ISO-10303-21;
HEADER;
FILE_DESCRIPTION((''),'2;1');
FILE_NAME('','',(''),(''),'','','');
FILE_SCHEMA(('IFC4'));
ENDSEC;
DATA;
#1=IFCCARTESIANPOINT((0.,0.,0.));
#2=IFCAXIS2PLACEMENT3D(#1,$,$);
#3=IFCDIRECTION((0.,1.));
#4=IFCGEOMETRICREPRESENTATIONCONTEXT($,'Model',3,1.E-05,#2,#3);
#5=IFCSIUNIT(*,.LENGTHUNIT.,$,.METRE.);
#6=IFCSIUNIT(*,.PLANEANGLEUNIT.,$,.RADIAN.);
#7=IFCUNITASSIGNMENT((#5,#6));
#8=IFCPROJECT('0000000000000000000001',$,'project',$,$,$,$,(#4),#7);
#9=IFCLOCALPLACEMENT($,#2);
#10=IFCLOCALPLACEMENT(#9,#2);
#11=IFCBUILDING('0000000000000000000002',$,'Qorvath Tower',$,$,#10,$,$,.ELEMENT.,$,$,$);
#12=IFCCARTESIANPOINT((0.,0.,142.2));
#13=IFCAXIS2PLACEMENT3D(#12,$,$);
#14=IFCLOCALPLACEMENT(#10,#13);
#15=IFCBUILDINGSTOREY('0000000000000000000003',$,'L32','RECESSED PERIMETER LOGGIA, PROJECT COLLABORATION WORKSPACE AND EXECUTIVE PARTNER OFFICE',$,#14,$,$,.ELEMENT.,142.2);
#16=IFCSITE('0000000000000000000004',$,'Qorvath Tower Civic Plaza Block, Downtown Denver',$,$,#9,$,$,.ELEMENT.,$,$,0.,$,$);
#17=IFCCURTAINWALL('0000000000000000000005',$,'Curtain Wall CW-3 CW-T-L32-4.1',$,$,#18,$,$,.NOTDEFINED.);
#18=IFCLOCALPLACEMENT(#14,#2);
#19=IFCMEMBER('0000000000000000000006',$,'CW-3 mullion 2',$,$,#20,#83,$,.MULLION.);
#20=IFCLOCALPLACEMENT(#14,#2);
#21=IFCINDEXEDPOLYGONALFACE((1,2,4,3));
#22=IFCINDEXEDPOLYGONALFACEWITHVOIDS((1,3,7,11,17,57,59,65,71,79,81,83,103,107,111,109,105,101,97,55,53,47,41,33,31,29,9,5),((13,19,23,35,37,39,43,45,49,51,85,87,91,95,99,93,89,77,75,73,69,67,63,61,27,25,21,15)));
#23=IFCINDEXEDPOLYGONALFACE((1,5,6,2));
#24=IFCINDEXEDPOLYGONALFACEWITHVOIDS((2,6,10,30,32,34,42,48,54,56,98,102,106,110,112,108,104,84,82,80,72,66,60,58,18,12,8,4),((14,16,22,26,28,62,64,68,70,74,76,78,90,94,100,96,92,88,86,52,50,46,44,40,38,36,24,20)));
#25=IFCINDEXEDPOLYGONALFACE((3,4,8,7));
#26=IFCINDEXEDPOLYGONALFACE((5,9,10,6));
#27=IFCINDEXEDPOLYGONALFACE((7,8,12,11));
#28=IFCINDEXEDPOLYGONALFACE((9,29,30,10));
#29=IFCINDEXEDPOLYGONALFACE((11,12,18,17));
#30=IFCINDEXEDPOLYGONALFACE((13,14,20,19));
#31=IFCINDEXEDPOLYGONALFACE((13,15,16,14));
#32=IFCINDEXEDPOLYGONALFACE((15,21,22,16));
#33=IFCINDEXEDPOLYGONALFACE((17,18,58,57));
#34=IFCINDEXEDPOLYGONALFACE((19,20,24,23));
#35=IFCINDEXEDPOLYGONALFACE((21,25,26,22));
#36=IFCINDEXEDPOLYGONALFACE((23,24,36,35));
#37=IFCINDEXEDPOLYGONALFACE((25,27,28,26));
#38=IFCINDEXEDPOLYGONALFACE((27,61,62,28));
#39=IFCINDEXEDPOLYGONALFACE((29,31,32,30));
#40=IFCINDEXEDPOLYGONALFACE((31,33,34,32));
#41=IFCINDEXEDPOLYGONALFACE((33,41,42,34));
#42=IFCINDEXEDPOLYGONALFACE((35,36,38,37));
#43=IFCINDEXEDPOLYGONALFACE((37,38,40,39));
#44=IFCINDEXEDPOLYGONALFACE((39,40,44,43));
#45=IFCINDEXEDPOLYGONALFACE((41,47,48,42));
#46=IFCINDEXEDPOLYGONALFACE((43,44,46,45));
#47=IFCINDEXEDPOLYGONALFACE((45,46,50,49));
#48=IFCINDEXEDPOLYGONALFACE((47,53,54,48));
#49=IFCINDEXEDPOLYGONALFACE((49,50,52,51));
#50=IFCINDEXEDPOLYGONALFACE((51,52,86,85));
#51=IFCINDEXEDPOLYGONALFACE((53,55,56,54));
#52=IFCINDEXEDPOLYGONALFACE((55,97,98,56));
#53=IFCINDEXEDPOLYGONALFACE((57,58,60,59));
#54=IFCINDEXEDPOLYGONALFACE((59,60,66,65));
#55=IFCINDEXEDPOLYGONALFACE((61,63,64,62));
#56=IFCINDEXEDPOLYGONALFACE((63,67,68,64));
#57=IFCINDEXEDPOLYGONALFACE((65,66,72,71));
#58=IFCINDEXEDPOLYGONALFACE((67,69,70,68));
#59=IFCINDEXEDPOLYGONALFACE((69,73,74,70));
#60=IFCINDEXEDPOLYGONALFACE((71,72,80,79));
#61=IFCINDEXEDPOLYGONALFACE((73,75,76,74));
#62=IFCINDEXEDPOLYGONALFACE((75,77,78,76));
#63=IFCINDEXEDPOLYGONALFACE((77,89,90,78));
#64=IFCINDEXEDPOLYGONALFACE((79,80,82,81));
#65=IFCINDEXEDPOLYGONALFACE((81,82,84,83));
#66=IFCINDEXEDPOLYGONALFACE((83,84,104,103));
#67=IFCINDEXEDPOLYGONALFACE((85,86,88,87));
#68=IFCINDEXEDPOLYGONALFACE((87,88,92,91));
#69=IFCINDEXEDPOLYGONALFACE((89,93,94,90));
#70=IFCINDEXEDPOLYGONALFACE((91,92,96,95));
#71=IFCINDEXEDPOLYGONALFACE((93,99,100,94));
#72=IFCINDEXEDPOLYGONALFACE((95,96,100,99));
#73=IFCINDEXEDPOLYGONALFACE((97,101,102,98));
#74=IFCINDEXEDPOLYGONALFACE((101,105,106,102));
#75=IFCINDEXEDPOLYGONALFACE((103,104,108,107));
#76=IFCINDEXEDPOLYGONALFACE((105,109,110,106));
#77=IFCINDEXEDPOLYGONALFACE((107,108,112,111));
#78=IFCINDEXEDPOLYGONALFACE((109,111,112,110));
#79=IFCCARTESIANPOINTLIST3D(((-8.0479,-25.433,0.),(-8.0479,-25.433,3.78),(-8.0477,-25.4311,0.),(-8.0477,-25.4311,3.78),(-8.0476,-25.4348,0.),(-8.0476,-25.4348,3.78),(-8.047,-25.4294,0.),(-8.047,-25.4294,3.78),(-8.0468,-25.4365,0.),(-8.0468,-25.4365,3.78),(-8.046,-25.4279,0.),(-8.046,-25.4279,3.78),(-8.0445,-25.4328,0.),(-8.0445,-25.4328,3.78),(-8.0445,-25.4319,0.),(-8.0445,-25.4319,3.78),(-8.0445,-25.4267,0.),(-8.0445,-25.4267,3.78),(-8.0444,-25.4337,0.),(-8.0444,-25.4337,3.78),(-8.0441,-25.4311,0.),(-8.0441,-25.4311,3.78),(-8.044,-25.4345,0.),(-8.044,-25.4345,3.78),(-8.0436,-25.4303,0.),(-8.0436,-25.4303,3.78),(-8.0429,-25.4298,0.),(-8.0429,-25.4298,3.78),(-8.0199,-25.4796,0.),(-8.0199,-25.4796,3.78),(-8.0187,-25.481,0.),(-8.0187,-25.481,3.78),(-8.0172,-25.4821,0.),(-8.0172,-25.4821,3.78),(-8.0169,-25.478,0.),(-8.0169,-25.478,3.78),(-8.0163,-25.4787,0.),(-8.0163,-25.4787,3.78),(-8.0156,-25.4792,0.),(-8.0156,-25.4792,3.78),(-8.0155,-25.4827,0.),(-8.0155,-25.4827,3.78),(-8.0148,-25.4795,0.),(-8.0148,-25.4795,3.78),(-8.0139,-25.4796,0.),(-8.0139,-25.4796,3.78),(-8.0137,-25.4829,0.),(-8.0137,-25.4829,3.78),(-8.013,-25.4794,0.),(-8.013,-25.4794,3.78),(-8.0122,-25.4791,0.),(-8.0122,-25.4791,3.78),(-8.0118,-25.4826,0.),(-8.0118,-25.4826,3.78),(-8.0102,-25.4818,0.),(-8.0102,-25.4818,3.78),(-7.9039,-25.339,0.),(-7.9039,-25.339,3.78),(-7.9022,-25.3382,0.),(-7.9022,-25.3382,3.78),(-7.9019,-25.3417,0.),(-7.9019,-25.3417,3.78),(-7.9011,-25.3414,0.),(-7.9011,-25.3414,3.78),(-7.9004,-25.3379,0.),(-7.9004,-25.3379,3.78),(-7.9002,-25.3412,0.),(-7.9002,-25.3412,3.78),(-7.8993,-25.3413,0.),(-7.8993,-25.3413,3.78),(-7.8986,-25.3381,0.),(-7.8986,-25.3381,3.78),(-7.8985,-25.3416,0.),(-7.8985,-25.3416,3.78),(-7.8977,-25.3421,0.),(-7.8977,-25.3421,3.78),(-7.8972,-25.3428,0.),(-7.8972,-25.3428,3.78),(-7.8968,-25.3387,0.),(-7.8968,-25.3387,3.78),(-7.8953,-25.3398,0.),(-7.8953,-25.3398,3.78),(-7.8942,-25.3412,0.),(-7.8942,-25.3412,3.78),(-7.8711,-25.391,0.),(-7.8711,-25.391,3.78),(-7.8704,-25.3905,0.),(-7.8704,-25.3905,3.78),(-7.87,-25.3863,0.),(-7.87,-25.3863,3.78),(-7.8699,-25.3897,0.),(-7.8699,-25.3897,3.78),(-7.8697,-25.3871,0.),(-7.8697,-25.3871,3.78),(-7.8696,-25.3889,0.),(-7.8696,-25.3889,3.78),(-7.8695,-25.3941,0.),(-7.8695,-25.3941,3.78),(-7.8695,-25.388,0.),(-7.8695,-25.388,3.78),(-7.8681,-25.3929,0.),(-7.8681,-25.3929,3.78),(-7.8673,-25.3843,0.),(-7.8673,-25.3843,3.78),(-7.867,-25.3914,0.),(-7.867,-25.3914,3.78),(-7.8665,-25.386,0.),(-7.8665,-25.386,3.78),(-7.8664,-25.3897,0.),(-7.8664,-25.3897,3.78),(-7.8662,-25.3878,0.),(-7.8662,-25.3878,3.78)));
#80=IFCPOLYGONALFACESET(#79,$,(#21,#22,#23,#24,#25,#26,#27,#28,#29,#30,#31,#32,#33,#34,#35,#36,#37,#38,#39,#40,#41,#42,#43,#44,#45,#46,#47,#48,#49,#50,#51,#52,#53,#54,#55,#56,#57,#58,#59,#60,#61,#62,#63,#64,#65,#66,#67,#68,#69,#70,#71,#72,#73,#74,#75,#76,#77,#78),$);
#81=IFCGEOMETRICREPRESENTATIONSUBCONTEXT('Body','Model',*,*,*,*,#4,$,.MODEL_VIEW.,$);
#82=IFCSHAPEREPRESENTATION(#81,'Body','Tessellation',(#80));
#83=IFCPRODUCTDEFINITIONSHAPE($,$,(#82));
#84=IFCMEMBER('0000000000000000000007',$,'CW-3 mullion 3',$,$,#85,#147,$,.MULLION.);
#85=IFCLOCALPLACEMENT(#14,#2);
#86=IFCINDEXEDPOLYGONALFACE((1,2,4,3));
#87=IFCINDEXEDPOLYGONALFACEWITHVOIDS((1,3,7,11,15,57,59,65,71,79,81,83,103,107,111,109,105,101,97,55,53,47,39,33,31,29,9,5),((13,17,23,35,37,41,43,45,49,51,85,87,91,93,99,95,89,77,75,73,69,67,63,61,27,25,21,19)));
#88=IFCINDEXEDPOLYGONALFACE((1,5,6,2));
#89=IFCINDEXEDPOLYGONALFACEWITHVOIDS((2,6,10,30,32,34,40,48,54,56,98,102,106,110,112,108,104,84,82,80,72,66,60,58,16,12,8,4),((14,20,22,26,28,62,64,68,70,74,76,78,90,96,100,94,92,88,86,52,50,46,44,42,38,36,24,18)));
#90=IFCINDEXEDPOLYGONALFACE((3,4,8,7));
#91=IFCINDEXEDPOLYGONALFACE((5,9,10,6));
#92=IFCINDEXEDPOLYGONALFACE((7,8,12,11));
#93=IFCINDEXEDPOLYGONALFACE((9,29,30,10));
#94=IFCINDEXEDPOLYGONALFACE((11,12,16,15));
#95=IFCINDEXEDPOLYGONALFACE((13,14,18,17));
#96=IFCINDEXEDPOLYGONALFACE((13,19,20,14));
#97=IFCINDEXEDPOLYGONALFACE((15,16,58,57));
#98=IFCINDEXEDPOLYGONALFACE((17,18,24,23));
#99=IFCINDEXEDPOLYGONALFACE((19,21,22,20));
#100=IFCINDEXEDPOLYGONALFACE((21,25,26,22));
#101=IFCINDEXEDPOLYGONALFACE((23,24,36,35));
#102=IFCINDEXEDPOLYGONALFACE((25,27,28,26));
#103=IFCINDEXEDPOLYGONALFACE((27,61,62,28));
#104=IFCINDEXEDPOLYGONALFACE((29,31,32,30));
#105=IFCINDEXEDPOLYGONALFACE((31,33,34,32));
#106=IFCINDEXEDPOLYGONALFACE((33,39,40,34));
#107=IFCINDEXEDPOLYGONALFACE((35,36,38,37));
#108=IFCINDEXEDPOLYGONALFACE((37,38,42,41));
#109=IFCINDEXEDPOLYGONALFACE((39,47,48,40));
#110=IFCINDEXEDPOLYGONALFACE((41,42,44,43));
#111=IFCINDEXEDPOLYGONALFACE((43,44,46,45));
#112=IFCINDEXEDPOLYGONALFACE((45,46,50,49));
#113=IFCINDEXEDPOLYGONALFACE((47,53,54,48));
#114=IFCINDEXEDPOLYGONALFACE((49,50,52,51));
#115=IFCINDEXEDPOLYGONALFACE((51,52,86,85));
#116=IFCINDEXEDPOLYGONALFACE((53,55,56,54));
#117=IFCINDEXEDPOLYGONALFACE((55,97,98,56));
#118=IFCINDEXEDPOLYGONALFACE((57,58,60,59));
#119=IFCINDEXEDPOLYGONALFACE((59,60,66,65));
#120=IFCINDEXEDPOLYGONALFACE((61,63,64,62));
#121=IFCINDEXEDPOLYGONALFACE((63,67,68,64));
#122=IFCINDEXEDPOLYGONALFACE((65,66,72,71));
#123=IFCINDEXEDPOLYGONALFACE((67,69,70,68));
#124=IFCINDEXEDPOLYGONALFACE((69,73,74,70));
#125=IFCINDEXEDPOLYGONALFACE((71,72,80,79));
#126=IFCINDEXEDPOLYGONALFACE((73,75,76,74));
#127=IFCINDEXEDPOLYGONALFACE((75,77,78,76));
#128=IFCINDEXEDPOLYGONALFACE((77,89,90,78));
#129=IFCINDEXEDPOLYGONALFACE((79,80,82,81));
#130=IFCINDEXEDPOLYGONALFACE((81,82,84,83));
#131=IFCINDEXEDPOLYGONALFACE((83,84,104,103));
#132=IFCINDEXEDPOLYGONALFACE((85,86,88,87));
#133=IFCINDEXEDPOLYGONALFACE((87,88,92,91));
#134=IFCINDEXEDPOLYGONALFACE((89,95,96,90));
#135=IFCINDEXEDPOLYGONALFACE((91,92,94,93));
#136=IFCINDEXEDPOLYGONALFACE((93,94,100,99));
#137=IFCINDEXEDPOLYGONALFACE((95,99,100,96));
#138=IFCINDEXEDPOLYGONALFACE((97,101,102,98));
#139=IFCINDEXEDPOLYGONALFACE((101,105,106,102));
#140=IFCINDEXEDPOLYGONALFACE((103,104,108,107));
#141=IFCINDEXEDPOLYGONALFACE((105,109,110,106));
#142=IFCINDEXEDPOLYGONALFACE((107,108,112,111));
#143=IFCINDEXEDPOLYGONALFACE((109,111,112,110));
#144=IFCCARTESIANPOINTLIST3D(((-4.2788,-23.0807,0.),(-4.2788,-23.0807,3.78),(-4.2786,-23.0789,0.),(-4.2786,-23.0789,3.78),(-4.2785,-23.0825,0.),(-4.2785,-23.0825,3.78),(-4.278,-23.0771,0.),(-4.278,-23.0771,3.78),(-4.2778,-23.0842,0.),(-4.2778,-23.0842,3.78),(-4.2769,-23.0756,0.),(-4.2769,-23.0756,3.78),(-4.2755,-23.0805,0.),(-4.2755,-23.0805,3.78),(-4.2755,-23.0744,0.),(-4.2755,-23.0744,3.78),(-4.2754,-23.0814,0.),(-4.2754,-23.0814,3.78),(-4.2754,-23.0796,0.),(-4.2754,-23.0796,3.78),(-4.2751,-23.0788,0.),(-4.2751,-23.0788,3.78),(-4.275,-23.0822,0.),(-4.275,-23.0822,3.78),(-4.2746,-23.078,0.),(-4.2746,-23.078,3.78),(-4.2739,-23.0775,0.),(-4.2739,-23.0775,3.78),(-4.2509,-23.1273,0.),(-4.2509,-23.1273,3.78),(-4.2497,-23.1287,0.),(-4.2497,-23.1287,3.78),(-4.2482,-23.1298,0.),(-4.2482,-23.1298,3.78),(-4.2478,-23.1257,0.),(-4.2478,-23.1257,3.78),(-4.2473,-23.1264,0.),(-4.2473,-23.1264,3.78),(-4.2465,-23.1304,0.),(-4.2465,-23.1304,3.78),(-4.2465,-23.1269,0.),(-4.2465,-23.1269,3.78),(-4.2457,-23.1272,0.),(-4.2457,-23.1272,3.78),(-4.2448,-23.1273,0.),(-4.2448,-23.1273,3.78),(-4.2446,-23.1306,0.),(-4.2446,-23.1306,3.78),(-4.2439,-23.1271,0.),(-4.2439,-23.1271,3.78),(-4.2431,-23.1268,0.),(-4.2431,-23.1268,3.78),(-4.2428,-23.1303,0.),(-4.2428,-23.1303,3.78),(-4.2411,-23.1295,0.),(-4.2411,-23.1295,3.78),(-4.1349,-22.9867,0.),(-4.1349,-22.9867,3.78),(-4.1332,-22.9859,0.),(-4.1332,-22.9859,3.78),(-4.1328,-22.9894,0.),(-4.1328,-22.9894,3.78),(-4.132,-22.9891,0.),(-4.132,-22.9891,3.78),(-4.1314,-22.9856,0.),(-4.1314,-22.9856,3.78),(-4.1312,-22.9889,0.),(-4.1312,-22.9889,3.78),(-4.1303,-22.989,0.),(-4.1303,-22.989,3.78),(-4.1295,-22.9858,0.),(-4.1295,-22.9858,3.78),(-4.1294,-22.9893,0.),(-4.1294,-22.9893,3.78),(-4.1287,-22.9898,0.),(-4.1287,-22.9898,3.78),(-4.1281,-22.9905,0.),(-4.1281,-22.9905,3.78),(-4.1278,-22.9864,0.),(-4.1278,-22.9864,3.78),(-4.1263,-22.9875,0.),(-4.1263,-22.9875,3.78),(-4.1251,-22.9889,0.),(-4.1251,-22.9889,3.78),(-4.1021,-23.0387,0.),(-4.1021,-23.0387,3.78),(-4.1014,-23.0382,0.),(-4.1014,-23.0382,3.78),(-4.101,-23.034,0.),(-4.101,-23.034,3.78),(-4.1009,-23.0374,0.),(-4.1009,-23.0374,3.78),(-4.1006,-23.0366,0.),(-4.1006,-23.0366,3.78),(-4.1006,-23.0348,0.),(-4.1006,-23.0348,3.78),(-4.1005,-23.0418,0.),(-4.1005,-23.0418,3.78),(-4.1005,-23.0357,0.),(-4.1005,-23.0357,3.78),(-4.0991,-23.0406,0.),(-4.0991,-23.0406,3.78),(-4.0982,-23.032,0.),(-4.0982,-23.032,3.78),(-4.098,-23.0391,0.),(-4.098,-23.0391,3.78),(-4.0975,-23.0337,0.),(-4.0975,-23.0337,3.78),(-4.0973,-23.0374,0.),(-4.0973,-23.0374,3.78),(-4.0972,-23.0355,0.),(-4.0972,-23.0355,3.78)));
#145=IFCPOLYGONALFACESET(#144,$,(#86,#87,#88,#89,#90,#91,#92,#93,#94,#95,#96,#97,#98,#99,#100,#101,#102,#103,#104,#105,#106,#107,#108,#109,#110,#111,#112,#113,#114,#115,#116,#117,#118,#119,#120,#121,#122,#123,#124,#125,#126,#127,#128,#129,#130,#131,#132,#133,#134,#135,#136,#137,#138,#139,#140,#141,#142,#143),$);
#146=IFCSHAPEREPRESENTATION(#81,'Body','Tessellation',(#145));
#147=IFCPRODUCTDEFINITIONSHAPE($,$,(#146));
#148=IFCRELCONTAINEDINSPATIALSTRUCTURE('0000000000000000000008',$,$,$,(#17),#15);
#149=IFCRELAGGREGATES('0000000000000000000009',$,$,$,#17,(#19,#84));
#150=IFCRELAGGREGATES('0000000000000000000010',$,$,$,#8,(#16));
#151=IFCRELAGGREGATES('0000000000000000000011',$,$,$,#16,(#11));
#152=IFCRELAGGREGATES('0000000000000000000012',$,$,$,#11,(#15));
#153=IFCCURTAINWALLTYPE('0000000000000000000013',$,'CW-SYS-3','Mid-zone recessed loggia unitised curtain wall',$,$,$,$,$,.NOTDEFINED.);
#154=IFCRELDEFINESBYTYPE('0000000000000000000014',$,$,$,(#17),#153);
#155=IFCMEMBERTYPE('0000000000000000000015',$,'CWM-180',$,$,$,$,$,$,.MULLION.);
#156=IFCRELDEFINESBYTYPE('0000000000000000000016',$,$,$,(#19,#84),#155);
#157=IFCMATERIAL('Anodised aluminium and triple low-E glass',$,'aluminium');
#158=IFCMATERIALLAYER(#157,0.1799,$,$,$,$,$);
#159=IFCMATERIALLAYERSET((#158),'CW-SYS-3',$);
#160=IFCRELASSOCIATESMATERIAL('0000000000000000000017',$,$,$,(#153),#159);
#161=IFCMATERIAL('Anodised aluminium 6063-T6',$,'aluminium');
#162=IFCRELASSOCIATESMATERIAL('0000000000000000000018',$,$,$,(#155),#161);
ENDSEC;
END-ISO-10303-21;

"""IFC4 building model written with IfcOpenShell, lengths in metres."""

from ifc_helpers import new_model, si_unit, direction, frame, origin, origin_2d, place, context, subcontext, project, spatial, hollow_rectangle, extrude, material, layer, layer_set, material_profile, profile_set, type_object, element, aggregate, save


model = new_model("IFC4")

# Units and contexts
model_context = context("Model", 3, precision=1e-05, world=origin(), true_north=direction((0.0, 1.0)))
body_context = subcontext(model_context, "Body", "Model", "MODEL_VIEW")
ifc_project = project(units=[si_unit("LENGTHUNIT", "METRE"), si_unit("PLANEANGLEUNIT", "RADIAN")], contexts=[model_context])

# Site, building, storey
site_placement = place(None, origin())
site = spatial("IfcSite", under=ifc_project, at=site_placement, Name="Qorvath Tower Civic Plaza Block, Downtown Denver", CompositionType="ELEMENT", RefElevation=0.0)
building_placement = place(site_placement, origin())
building = spatial("IfcBuilding", under=site, at=building_placement, Name="Qorvath Tower", CompositionType="ELEMENT")
storey_placement = place(building_placement, frame((0.0, 0.0, 142.2)))
storey = spatial("IfcBuildingStorey", under=building, at=storey_placement, Name="L32", Description="RECESSED PERIMETER LOGGIA, PROJECT COLLABORATION WORKSPACE AND EXECUTIVE PARTNER OFFICE", CompositionType="ELEMENT", Elevation=142.2)

# Shared definitions
ifc_material_1 = material(Name="Anodised aluminium and triple low-E glass", Category="aluminium")
ifc_layer_1 = layer(ifc_material_1, 0.1799)
ifc_layer_set_1 = layer_set([ifc_layer_1], Name="CW-SYS-3")
curtain_wall_type = type_object("IfcCurtainWallType", Name="CW-SYS-3", Description="Mid-zone recessed loggia unitised curtain wall", PredefinedType="NOTDEFINED", material=ifc_layer_set_1)
ifc_material_2 = material(Name="Anodised aluminium 6063-T6", Category="aluminium")
ifc_material_profile_1 = material_profile(ifc_material_2, hollow_rectangle(XDim=0.0649, YDim=0.1799, WallThickness=0.0034, InnerFilletRadius=0.0034, OuterFilletRadius=0.0071, at=origin_2d()), Name="CWM 180x65")
ifc_profile_set_1 = profile_set([ifc_material_profile_1], Name="Anodised aluminium 6063-T6")
member_type_1 = type_object("IfcMemberType", Name="CWM-180", PredefinedType="MULLION", material=ifc_profile_set_1)

# Curtain wall, members
curtain_wall_1_placement = place(storey_placement, origin())
curtain_wall_1 = element("IfcCurtainWall", 1, at=curtain_wall_1_placement, inside=storey, type_object=curtain_wall_type, Name="Curtain Wall CW-3 CW-T-L32-4.1", PredefinedType="NOTDEFINED")
member_1_placement = place(storey_placement, frame((-7.957, -25.4104, 0.0), z_axis=(0.0, 0.0, 1.0), x_axis=(-0.529441, 0.848346, 0.0)))
member_1 = element("IfcMember", 2, at=member_1_placement, type_object=member_type_1, Name="CW-3 mullion 2", PredefinedType="MULLION", context=body_context, shape_type="SweptSolid", body=[
    extrude(hollow_rectangle(XDim=0.0649, YDim=0.1799, WallThickness=0.0034, InnerFilletRadius=0.0034, OuterFilletRadius=0.0071, at=origin_2d()), origin(), (0.0, 0.0, 1.0), 3.78),
])
member_2_placement = place(storey_placement, frame((-4.188, -23.0581, 0.0), z_axis=(0.0, 0.0, 1.0), x_axis=(-0.529441, 0.848346, 0.0)))
member_2 = element("IfcMember", 3, at=member_2_placement, type_object=member_type_1, Name="CW-3 mullion 3", PredefinedType="MULLION", context=body_context, shape_type="SweptSolid", body=[
    extrude(hollow_rectangle(XDim=0.0649, YDim=0.1799, WallThickness=0.0034, InnerFilletRadius=0.0034, OuterFilletRadius=0.0071, at=origin_2d()), origin(), (0.0, 0.0, 1.0), 3.78),
])

aggregate(curtain_wall_1, [member_1, member_2])

save(model, "model.ifc")
